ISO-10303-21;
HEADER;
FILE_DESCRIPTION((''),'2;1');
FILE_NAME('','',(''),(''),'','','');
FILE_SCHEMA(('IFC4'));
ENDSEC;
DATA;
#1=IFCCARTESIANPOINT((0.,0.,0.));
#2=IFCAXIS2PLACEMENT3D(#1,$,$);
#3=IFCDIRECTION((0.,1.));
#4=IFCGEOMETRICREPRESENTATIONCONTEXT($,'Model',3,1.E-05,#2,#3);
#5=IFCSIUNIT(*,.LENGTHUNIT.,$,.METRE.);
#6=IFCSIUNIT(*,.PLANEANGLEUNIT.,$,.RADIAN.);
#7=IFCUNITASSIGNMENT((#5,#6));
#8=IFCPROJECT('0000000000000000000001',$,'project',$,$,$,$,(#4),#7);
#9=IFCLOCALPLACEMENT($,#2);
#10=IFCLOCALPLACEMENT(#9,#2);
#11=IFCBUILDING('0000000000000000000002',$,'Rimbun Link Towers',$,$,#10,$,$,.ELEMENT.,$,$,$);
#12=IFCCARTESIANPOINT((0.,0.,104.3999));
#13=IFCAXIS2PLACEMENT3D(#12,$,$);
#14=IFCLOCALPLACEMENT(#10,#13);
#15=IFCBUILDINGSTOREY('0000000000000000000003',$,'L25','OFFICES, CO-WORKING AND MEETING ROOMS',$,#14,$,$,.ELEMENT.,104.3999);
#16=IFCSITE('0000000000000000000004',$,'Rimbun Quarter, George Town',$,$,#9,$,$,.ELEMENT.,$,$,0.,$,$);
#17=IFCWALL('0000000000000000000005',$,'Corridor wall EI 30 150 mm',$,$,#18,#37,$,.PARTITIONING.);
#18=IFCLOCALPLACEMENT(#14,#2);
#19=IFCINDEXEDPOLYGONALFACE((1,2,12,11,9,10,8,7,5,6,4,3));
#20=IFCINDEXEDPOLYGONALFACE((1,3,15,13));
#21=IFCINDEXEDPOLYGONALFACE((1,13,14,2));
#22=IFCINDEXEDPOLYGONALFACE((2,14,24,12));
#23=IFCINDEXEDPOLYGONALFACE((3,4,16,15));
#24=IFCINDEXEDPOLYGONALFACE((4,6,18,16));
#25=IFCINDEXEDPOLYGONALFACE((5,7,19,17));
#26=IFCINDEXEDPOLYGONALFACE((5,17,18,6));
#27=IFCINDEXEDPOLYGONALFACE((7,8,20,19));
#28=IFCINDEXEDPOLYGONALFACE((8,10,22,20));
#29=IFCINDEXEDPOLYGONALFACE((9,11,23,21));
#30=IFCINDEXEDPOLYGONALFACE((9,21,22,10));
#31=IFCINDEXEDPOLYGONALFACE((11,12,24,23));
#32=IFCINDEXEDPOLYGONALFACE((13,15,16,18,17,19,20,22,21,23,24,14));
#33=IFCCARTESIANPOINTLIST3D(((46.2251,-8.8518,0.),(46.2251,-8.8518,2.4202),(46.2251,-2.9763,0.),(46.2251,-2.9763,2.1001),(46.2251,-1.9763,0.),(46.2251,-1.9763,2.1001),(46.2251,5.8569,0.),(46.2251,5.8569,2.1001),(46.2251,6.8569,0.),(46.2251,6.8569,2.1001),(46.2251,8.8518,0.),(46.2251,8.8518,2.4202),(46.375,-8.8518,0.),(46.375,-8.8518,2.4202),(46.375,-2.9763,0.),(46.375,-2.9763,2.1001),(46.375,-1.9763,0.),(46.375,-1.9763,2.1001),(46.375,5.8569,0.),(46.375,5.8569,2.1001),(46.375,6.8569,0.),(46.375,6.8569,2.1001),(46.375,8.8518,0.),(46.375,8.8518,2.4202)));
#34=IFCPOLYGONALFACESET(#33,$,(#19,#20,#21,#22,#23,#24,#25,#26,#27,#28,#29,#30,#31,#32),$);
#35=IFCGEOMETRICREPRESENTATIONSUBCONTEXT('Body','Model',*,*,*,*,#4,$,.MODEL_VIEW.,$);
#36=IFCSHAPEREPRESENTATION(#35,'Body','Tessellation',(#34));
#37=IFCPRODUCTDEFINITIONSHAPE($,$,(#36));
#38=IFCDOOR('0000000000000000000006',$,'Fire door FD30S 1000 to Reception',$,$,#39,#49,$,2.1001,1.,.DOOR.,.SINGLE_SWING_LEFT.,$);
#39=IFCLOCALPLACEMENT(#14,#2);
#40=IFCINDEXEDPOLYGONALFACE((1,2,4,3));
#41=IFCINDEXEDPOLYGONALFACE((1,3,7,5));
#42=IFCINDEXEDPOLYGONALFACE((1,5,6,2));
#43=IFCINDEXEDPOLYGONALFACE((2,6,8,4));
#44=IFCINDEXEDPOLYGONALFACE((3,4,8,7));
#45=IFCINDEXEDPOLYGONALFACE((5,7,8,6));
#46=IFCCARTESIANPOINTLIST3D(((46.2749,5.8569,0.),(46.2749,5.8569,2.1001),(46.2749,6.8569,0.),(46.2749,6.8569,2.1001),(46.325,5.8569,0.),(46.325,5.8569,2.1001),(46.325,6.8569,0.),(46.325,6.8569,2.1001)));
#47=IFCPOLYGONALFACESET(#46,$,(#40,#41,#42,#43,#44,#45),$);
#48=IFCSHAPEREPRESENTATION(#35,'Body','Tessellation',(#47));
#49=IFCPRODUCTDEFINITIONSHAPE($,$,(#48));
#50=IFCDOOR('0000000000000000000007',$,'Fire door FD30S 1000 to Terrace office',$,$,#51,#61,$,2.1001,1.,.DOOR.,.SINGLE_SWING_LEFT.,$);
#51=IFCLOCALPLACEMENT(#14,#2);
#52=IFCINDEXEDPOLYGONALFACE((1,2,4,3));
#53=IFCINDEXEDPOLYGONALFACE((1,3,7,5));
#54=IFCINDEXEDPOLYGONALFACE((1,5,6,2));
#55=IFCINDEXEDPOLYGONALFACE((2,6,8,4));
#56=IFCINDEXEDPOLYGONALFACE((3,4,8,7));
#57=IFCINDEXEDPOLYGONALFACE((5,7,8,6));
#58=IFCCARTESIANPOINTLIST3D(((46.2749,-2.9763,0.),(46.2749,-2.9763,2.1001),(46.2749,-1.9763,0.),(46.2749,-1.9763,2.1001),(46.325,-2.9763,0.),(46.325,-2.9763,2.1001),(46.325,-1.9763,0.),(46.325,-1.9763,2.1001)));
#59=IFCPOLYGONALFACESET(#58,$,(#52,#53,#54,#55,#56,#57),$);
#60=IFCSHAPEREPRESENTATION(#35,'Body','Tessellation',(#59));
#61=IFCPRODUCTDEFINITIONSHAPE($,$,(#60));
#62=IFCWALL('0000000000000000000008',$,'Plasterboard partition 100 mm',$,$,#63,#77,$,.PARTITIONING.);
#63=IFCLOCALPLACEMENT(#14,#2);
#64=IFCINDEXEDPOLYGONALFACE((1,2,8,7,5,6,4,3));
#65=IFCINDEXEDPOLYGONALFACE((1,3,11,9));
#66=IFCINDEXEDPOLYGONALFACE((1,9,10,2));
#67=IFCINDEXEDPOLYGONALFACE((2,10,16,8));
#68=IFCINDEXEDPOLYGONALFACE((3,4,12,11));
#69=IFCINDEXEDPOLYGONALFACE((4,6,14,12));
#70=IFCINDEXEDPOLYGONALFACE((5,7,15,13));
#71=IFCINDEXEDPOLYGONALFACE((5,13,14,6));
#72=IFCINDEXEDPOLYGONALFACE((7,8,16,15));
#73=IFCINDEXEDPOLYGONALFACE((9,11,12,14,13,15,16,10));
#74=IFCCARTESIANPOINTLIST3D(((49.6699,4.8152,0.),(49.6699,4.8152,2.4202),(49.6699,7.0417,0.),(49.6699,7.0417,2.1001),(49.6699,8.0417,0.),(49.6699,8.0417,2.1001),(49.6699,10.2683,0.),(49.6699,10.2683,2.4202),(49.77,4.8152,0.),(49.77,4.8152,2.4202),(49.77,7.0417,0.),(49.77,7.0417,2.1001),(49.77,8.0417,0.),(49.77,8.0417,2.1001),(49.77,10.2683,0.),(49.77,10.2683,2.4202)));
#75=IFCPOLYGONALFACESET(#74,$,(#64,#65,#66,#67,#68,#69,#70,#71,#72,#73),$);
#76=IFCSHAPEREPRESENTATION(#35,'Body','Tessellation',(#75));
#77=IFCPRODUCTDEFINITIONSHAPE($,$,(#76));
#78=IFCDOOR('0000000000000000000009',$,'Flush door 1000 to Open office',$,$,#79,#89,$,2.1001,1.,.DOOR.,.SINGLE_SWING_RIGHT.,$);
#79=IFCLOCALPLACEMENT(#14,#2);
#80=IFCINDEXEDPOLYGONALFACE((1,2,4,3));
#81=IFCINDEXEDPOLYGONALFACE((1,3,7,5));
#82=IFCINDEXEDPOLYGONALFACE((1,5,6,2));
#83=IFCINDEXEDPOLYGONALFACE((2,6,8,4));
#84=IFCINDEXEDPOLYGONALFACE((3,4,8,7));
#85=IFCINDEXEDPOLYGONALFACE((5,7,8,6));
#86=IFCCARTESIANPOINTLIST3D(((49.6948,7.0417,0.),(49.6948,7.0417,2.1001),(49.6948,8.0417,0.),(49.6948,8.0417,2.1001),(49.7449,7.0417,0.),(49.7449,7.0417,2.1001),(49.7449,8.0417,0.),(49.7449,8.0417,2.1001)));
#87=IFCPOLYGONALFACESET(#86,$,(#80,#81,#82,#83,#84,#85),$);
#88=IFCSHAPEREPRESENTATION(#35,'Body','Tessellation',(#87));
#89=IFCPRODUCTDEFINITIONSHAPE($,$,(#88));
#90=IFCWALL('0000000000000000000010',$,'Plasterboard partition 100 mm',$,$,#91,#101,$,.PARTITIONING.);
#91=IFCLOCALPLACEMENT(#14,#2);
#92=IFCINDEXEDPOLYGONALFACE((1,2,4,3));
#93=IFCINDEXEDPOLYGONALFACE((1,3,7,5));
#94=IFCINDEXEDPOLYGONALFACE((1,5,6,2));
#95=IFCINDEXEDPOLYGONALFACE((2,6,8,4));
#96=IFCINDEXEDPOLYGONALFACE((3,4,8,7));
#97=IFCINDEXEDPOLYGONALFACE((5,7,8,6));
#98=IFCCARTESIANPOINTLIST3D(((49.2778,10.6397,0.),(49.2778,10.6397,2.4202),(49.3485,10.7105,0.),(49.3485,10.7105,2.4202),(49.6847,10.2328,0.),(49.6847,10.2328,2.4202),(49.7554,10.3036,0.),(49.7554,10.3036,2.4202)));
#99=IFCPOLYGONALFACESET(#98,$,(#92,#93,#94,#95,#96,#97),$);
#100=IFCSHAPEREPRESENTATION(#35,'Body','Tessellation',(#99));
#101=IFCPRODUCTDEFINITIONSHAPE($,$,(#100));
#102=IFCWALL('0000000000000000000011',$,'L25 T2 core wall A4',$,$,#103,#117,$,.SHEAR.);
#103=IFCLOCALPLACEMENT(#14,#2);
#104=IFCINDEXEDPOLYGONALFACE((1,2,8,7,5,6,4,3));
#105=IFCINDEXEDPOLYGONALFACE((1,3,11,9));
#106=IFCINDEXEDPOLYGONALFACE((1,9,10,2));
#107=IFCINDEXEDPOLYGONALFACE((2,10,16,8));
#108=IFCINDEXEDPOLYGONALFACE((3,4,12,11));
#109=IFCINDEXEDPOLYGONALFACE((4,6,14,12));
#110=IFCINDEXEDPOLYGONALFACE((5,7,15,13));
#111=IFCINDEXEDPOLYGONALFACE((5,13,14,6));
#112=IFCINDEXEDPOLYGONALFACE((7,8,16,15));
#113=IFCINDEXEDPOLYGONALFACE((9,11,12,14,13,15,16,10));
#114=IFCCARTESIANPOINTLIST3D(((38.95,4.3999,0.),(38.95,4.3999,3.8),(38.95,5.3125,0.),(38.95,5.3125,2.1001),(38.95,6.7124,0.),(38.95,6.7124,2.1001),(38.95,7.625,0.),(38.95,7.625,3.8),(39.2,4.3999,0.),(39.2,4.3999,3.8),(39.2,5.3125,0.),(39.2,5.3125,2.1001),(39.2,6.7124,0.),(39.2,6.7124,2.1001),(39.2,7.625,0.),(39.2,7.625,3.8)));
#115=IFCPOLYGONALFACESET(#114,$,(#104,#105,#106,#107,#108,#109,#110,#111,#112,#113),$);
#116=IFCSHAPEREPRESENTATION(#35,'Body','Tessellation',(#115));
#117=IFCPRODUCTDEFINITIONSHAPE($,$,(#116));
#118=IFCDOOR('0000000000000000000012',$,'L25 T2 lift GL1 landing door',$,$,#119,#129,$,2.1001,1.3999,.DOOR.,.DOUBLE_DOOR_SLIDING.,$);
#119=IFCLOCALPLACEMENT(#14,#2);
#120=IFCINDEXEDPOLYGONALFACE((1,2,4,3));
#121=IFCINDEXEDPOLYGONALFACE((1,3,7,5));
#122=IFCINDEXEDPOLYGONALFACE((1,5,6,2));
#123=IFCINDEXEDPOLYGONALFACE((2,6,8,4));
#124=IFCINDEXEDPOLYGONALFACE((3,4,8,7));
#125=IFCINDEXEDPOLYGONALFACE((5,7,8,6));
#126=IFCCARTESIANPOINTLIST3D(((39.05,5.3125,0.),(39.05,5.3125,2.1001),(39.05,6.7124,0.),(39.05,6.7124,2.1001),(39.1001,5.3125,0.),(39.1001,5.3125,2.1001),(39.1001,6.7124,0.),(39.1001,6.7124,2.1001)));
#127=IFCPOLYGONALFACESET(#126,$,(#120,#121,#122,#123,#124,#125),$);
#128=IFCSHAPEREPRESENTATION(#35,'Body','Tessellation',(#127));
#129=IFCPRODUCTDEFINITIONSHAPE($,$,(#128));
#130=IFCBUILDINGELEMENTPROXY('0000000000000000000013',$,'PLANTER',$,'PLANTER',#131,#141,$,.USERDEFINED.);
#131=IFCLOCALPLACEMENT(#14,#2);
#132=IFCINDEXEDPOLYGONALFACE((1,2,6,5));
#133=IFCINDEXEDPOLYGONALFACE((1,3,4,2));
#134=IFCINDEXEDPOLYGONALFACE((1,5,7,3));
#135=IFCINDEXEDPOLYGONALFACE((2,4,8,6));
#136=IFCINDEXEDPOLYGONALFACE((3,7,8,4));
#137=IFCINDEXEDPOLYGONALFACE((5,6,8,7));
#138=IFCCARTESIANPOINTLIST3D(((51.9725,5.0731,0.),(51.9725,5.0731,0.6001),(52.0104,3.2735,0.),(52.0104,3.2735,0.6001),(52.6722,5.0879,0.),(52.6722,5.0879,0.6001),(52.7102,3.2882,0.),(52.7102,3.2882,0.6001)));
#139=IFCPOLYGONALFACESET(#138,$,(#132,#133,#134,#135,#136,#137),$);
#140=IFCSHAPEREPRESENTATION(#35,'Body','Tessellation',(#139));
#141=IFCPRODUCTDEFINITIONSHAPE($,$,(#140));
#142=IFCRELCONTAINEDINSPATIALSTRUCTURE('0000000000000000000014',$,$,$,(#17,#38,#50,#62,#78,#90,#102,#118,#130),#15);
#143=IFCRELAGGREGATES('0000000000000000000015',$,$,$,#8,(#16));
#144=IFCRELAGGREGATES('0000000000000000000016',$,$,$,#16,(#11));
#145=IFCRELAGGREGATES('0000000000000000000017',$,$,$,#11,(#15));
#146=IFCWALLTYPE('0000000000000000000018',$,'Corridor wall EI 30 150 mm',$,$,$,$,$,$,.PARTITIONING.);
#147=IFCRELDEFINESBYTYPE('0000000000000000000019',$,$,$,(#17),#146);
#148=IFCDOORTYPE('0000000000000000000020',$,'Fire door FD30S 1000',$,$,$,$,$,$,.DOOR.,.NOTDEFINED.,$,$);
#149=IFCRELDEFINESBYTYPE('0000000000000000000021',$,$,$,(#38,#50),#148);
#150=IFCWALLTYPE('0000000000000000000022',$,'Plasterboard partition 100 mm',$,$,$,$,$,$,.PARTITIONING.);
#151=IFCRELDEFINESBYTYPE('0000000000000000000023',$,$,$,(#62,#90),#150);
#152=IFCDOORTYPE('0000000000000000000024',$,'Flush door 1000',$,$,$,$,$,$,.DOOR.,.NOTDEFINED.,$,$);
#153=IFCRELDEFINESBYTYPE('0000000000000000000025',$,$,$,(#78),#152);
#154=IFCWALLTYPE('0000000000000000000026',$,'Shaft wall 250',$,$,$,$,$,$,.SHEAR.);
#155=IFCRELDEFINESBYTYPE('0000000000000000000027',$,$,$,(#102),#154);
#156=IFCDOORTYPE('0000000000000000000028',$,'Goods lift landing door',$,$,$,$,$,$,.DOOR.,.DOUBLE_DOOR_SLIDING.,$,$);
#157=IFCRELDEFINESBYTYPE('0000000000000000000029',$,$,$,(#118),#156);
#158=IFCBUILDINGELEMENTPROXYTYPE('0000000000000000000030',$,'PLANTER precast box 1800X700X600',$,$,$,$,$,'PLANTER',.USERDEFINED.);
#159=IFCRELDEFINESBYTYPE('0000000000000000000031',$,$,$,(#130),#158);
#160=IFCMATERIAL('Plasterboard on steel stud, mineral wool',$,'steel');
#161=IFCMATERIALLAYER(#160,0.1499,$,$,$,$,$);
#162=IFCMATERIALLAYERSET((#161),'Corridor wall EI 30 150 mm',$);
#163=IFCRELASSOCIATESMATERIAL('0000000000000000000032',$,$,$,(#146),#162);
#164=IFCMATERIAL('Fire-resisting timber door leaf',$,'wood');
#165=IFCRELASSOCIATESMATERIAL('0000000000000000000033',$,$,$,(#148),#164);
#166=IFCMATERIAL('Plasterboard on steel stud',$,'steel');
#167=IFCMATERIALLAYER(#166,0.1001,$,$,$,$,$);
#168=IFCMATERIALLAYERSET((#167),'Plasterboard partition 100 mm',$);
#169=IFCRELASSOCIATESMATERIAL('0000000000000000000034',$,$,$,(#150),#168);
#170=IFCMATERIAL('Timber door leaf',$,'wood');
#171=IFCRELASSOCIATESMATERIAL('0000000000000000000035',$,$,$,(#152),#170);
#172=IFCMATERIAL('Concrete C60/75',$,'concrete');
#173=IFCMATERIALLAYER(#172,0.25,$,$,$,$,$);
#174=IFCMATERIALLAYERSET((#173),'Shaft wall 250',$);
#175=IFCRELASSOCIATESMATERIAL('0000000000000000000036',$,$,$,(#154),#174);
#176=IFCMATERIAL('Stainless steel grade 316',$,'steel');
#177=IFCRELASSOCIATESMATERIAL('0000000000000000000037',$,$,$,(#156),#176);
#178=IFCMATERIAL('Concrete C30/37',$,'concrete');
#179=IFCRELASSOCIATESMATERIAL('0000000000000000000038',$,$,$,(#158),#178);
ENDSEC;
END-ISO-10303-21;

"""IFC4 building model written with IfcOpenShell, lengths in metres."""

from ifc_helpers import new_model, si_unit, direction, frame, frame_2d, origin, origin_2d, place, context, subcontext, project, spatial, rectangle, extrude, material, layer, layer_set, type_object, element, fill, save


model = new_model("IFC4")

# Units and contexts
model_context = context("Model", 3, precision=1e-05, world=origin(), true_north=direction((0.0, 1.0)))
body_context = subcontext(model_context, "Body", "Model", "MODEL_VIEW")
ifc_project = project(units=[si_unit("LENGTHUNIT", "METRE"), si_unit("PLANEANGLEUNIT", "RADIAN")], contexts=[model_context])

# Site, building, storey
site_placement = place(None, origin())
site = spatial("IfcSite", under=ifc_project, at=site_placement, Name="Rimbun Quarter, George Town", CompositionType="ELEMENT", RefElevation=0.0)
building_placement = place(site_placement, origin())
building = spatial("IfcBuilding", under=site, at=building_placement, Name="Rimbun Link Towers", CompositionType="ELEMENT")
storey_placement = place(building_placement, frame((0.0, 0.0, 104.3999)))
storey = spatial("IfcBuildingStorey", under=building, at=storey_placement, Name="L25", Description="OFFICES, CO-WORKING AND MEETING ROOMS", CompositionType="ELEMENT", Elevation=104.3999)

# Shared definitions
ifc_material_1 = material(Name="Plasterboard on steel stud, mineral wool", Category="steel")
ifc_layer_1 = layer(ifc_material_1, 0.1499)
ifc_layer_set_1 = layer_set([ifc_layer_1], Name="Corridor wall EI 30 150 mm")
wall_type_1 = type_object("IfcWallType", Name="Corridor wall EI 30 150 mm", PredefinedType="PARTITIONING", material=ifc_layer_set_1)

# Wall, openings, doors
wall_1_placement = place(storey_placement, frame((46.3, 8.8518, 0.0), z_axis=(0.0, 0.0, 1.0), x_axis=(0.0, -1.0, 0.0)))
wall_1 = element("IfcWall", 1, at=wall_1_placement, inside=storey, type_object=wall_type_1, Name="Corridor wall EI 30 150 mm", PredefinedType="PARTITIONING", context=body_context, shape_type="SweptSolid", body=[
    extrude(rectangle(XDim=17.7036, YDim=0.1499, at=frame_2d((8.8518, 0.0))), origin(), (0.0, 0.0, 1.0), 2.4202),
])
opening_1_placement = place(wall_1_placement, frame((1.9949, 0.0, 0.0)))
opening_1 = element("IfcOpeningElement", 2, at=opening_1_placement, cuts=wall_1, PredefinedType="OPENING", context=body_context, shape_type="SweptSolid", body=[
    extrude(rectangle(XDim=1.0, YDim=2.1001, at=frame_2d((0.5, 1.05))), frame((0.0, 0.085, 0.0), z_axis=(0.0, -1.0, 0.0), x_axis=(1.0, 0.0, 0.0)), (0.0, 0.0, 1.0), 0.1699),
])
opening_2_placement = place(wall_1_placement, frame((10.8281, 0.0, 0.0)))
opening_2 = element("IfcOpeningElement", 3, at=opening_2_placement, cuts=wall_1, PredefinedType="OPENING", context=body_context, shape_type="SweptSolid", body=[
    extrude(rectangle(XDim=1.0, YDim=2.1001, at=frame_2d((0.5, 1.05))), frame((0.0, 0.085, 0.0), z_axis=(0.0, -1.0, 0.0), x_axis=(1.0, 0.0, 0.0)), (0.0, 0.0, 1.0), 0.1699),
])
ifc_material_2 = material(Name="Fire-resisting timber door leaf", Category="wood")
door_type_1 = type_object("IfcDoorType", Name="Fire door FD30S 1000", OperationType="NOTDEFINED", PredefinedType="DOOR", material=ifc_material_2)
door_1_placement = place(opening_1_placement, origin())
door_1 = element("IfcDoor", 4, at=door_1_placement, inside=storey, type_object=door_type_1, Name="Fire door FD30S 1000 to Reception", OperationType="SINGLE_SWING_LEFT", OverallHeight=2.1001, OverallWidth=1.0, PredefinedType="DOOR", context=body_context, shape_type="SweptSolid", body=[
    extrude(rectangle(XDim=1.0, YDim=2.1001, at=frame_2d((0.5, 1.05))), frame((0.0, 0.0249, 0.0), z_axis=(0.0, -1.0, 0.0), x_axis=(1.0, 0.0, 0.0)), (0.0, 0.0, 1.0), 0.05),
])
fill(opening_1, door_1)
door_2_placement = place(opening_2_placement, origin())
door_2 = element("IfcDoor", 5, at=door_2_placement, inside=storey, type_object=door_type_1, Name="Fire door FD30S 1000 to Terrace office", OperationType="SINGLE_SWING_LEFT", OverallHeight=2.1001, OverallWidth=1.0, PredefinedType="DOOR", context=body_context, shape_type="SweptSolid", body=[
    extrude(rectangle(XDim=1.0, YDim=2.1001, at=frame_2d((0.5, 1.05))), frame((0.0, 0.0249, 0.0), z_axis=(0.0, -1.0, 0.0), x_axis=(1.0, 0.0, 0.0)), (0.0, 0.0, 1.0), 0.05),
])
fill(opening_2, door_2)

# Wall, opening, door
ifc_material_3 = material(Name="Plasterboard on steel stud", Category="steel")
ifc_layer_2 = layer(ifc_material_3, 0.1001)
ifc_layer_set_2 = layer_set([ifc_layer_2], Name="Plasterboard partition 100 mm")
wall_type_2 = type_object("IfcWallType", Name="Plasterboard partition 100 mm", PredefinedType="PARTITIONING", material=ifc_layer_set_2)
wall_2_placement = place(storey_placement, frame((49.72, 10.2683, 0.0), z_axis=(0.0, 0.0, 1.0), x_axis=(0.0, -1.0, 0.0)))
wall_2 = element("IfcWall", 6, at=wall_2_placement, inside=storey, type_object=wall_type_2, Name="Plasterboard partition 100 mm", PredefinedType="PARTITIONING", context=body_context, shape_type="SweptSolid", body=[
    extrude(rectangle(XDim=5.4531, YDim=0.1001, at=frame_2d((2.7266, 0.0))), origin(), (0.0, 0.0, 1.0), 2.4202),
])
opening_3_placement = place(wall_2_placement, frame((2.2266, 0.0, 0.0)))
opening_3 = element("IfcOpeningElement", 7, at=opening_3_placement, cuts=wall_2, PredefinedType="OPENING", context=body_context, shape_type="SweptSolid", body=[
    extrude(rectangle(XDim=1.0, YDim=2.1001, at=frame_2d((0.5, 1.05))), frame((0.0, 0.0601, 0.0), z_axis=(0.0, -1.0, 0.0), x_axis=(1.0, 0.0, 0.0)), (0.0, 0.0, 1.0), 0.1201),
])
ifc_material_4 = material(Name="Timber door leaf", Category="wood")
door_type_2 = type_object("IfcDoorType", Name="Flush door 1000", OperationType="NOTDEFINED", PredefinedType="DOOR", material=ifc_material_4)
door_3_placement = place(opening_3_placement, origin())
door_3 = element("IfcDoor", 8, at=door_3_placement, inside=storey, type_object=door_type_2, Name="Flush door 1000 to Open office", OperationType="SINGLE_SWING_RIGHT", OverallHeight=2.1001, OverallWidth=1.0, PredefinedType="DOOR", context=body_context, shape_type="SweptSolid", body=[
    extrude(rectangle(XDim=1.0, YDim=2.1001, at=frame_2d((0.5, 1.05))), frame((0.0, 0.0249, 0.0), z_axis=(0.0, -1.0, 0.0), x_axis=(1.0, 0.0, 0.0)), (0.0, 0.0, 1.0), 0.05),
])
fill(opening_3, door_3)

# Wall
wall_3_placement = place(storey_placement, frame((49.72, 10.2683, 0.0), z_axis=(0.0, 0.0, 1.0), x_axis=(-0.707107, 0.707107, 0.0)))
element("IfcWall", 9, at=wall_3_placement, inside=storey, type_object=wall_type_2, Name="Plasterboard partition 100 mm", PredefinedType="PARTITIONING", context=body_context, shape_type="SweptSolid", body=[
    extrude(rectangle(XDim=0.5754, YDim=0.1001, at=frame_2d((0.2876, 0.0))), origin(), (0.0, 0.0, 1.0), 2.4202),
])

# Wall, opening, door
ifc_material_5 = material(Name="Concrete C60/75", Category="concrete")
ifc_layer_3 = layer(ifc_material_5, 0.25)
ifc_layer_set_3 = layer_set([ifc_layer_3], Name="Shaft wall 250")
wall_type_3 = type_object("IfcWallType", Name="Shaft wall 250", PredefinedType="SHEAR", material=ifc_layer_set_3)
wall_4_placement = place(storey_placement, frame((39.075, 4.3999, 0.0), z_axis=(0.0, 0.0, 1.0), x_axis=(0.0, 1.0, 0.0)))
wall_4 = element("IfcWall", 10, at=wall_4_placement, inside=storey, type_object=wall_type_3, Name="L25 T2 core wall A4", PredefinedType="SHEAR", context=body_context, shape_type="SweptSolid", body=[
    extrude(rectangle(XDim=3.2251, YDim=0.25, at=frame_2d((1.6125, 0.0))), origin(), (0.0, 0.0, 1.0), 3.8),
])
opening_4_placement = place(wall_4_placement, frame((0.9126, 0.0, 0.0)))
opening_4 = element("IfcOpeningElement", 11, at=opening_4_placement, cuts=wall_4, PredefinedType="OPENING", context=body_context, shape_type="SweptSolid", body=[
    extrude(rectangle(XDim=1.3999, YDim=2.1001, at=frame_2d((0.7, 1.05))), frame((0.0, 0.135, 0.0), z_axis=(0.0, -1.0, 0.0), x_axis=(1.0, 0.0, 0.0)), (0.0, 0.0, 1.0), 0.27),
])
ifc_material_6 = material(Name="Stainless steel grade 316", Category="steel")
door_type_3 = type_object("IfcDoorType", Name="Goods lift landing door", OperationType="DOUBLE_DOOR_SLIDING", PredefinedType="DOOR", material=ifc_material_6)
door_4_placement = place(opening_4_placement, origin())
door_4 = element("IfcDoor", 12, at=door_4_placement, inside=storey, type_object=door_type_3, Name="L25 T2 lift GL1 landing door", OperationType="DOUBLE_DOOR_SLIDING", OverallHeight=2.1001, OverallWidth=1.3999, PredefinedType="DOOR", context=body_context, shape_type="SweptSolid", body=[
    extrude(rectangle(XDim=1.3999, YDim=2.1001, at=frame_2d((0.7, 1.05))), frame((0.0, 0.0249, 0.0), z_axis=(0.0, -1.0, 0.0), x_axis=(1.0, 0.0, 0.0)), (0.0, 0.0, 1.0), 0.05),
])
fill(opening_4, door_4)

# Building element proxy
ifc_material_7 = material(Name="Concrete C30/37", Category="concrete")
building_element_proxy_type = type_object("IfcBuildingElementProxyType", Name="PLANTER precast box 1800X700X600", ElementType="PLANTER", PredefinedType="USERDEFINED", material=ifc_material_7)
proxy_placement = place(storey_placement, frame((52.3413, 4.1807, 0.0), z_axis=(0.0, 0.0, 1.0), x_axis=(-0.021063, 0.999778, 0.0)))
element("IfcBuildingElementProxy", 13, at=proxy_placement, inside=storey, type_object=building_element_proxy_type, Name="PLANTER", ObjectType="PLANTER", PredefinedType="USERDEFINED", context=body_context, shape_type="SweptSolid", body=[
    extrude(rectangle(XDim=1.8, YDim=0.7, at=origin_2d()), origin(), (0.0, 0.0, 1.0), 0.6001),
])

save(model, "model.ifc")
